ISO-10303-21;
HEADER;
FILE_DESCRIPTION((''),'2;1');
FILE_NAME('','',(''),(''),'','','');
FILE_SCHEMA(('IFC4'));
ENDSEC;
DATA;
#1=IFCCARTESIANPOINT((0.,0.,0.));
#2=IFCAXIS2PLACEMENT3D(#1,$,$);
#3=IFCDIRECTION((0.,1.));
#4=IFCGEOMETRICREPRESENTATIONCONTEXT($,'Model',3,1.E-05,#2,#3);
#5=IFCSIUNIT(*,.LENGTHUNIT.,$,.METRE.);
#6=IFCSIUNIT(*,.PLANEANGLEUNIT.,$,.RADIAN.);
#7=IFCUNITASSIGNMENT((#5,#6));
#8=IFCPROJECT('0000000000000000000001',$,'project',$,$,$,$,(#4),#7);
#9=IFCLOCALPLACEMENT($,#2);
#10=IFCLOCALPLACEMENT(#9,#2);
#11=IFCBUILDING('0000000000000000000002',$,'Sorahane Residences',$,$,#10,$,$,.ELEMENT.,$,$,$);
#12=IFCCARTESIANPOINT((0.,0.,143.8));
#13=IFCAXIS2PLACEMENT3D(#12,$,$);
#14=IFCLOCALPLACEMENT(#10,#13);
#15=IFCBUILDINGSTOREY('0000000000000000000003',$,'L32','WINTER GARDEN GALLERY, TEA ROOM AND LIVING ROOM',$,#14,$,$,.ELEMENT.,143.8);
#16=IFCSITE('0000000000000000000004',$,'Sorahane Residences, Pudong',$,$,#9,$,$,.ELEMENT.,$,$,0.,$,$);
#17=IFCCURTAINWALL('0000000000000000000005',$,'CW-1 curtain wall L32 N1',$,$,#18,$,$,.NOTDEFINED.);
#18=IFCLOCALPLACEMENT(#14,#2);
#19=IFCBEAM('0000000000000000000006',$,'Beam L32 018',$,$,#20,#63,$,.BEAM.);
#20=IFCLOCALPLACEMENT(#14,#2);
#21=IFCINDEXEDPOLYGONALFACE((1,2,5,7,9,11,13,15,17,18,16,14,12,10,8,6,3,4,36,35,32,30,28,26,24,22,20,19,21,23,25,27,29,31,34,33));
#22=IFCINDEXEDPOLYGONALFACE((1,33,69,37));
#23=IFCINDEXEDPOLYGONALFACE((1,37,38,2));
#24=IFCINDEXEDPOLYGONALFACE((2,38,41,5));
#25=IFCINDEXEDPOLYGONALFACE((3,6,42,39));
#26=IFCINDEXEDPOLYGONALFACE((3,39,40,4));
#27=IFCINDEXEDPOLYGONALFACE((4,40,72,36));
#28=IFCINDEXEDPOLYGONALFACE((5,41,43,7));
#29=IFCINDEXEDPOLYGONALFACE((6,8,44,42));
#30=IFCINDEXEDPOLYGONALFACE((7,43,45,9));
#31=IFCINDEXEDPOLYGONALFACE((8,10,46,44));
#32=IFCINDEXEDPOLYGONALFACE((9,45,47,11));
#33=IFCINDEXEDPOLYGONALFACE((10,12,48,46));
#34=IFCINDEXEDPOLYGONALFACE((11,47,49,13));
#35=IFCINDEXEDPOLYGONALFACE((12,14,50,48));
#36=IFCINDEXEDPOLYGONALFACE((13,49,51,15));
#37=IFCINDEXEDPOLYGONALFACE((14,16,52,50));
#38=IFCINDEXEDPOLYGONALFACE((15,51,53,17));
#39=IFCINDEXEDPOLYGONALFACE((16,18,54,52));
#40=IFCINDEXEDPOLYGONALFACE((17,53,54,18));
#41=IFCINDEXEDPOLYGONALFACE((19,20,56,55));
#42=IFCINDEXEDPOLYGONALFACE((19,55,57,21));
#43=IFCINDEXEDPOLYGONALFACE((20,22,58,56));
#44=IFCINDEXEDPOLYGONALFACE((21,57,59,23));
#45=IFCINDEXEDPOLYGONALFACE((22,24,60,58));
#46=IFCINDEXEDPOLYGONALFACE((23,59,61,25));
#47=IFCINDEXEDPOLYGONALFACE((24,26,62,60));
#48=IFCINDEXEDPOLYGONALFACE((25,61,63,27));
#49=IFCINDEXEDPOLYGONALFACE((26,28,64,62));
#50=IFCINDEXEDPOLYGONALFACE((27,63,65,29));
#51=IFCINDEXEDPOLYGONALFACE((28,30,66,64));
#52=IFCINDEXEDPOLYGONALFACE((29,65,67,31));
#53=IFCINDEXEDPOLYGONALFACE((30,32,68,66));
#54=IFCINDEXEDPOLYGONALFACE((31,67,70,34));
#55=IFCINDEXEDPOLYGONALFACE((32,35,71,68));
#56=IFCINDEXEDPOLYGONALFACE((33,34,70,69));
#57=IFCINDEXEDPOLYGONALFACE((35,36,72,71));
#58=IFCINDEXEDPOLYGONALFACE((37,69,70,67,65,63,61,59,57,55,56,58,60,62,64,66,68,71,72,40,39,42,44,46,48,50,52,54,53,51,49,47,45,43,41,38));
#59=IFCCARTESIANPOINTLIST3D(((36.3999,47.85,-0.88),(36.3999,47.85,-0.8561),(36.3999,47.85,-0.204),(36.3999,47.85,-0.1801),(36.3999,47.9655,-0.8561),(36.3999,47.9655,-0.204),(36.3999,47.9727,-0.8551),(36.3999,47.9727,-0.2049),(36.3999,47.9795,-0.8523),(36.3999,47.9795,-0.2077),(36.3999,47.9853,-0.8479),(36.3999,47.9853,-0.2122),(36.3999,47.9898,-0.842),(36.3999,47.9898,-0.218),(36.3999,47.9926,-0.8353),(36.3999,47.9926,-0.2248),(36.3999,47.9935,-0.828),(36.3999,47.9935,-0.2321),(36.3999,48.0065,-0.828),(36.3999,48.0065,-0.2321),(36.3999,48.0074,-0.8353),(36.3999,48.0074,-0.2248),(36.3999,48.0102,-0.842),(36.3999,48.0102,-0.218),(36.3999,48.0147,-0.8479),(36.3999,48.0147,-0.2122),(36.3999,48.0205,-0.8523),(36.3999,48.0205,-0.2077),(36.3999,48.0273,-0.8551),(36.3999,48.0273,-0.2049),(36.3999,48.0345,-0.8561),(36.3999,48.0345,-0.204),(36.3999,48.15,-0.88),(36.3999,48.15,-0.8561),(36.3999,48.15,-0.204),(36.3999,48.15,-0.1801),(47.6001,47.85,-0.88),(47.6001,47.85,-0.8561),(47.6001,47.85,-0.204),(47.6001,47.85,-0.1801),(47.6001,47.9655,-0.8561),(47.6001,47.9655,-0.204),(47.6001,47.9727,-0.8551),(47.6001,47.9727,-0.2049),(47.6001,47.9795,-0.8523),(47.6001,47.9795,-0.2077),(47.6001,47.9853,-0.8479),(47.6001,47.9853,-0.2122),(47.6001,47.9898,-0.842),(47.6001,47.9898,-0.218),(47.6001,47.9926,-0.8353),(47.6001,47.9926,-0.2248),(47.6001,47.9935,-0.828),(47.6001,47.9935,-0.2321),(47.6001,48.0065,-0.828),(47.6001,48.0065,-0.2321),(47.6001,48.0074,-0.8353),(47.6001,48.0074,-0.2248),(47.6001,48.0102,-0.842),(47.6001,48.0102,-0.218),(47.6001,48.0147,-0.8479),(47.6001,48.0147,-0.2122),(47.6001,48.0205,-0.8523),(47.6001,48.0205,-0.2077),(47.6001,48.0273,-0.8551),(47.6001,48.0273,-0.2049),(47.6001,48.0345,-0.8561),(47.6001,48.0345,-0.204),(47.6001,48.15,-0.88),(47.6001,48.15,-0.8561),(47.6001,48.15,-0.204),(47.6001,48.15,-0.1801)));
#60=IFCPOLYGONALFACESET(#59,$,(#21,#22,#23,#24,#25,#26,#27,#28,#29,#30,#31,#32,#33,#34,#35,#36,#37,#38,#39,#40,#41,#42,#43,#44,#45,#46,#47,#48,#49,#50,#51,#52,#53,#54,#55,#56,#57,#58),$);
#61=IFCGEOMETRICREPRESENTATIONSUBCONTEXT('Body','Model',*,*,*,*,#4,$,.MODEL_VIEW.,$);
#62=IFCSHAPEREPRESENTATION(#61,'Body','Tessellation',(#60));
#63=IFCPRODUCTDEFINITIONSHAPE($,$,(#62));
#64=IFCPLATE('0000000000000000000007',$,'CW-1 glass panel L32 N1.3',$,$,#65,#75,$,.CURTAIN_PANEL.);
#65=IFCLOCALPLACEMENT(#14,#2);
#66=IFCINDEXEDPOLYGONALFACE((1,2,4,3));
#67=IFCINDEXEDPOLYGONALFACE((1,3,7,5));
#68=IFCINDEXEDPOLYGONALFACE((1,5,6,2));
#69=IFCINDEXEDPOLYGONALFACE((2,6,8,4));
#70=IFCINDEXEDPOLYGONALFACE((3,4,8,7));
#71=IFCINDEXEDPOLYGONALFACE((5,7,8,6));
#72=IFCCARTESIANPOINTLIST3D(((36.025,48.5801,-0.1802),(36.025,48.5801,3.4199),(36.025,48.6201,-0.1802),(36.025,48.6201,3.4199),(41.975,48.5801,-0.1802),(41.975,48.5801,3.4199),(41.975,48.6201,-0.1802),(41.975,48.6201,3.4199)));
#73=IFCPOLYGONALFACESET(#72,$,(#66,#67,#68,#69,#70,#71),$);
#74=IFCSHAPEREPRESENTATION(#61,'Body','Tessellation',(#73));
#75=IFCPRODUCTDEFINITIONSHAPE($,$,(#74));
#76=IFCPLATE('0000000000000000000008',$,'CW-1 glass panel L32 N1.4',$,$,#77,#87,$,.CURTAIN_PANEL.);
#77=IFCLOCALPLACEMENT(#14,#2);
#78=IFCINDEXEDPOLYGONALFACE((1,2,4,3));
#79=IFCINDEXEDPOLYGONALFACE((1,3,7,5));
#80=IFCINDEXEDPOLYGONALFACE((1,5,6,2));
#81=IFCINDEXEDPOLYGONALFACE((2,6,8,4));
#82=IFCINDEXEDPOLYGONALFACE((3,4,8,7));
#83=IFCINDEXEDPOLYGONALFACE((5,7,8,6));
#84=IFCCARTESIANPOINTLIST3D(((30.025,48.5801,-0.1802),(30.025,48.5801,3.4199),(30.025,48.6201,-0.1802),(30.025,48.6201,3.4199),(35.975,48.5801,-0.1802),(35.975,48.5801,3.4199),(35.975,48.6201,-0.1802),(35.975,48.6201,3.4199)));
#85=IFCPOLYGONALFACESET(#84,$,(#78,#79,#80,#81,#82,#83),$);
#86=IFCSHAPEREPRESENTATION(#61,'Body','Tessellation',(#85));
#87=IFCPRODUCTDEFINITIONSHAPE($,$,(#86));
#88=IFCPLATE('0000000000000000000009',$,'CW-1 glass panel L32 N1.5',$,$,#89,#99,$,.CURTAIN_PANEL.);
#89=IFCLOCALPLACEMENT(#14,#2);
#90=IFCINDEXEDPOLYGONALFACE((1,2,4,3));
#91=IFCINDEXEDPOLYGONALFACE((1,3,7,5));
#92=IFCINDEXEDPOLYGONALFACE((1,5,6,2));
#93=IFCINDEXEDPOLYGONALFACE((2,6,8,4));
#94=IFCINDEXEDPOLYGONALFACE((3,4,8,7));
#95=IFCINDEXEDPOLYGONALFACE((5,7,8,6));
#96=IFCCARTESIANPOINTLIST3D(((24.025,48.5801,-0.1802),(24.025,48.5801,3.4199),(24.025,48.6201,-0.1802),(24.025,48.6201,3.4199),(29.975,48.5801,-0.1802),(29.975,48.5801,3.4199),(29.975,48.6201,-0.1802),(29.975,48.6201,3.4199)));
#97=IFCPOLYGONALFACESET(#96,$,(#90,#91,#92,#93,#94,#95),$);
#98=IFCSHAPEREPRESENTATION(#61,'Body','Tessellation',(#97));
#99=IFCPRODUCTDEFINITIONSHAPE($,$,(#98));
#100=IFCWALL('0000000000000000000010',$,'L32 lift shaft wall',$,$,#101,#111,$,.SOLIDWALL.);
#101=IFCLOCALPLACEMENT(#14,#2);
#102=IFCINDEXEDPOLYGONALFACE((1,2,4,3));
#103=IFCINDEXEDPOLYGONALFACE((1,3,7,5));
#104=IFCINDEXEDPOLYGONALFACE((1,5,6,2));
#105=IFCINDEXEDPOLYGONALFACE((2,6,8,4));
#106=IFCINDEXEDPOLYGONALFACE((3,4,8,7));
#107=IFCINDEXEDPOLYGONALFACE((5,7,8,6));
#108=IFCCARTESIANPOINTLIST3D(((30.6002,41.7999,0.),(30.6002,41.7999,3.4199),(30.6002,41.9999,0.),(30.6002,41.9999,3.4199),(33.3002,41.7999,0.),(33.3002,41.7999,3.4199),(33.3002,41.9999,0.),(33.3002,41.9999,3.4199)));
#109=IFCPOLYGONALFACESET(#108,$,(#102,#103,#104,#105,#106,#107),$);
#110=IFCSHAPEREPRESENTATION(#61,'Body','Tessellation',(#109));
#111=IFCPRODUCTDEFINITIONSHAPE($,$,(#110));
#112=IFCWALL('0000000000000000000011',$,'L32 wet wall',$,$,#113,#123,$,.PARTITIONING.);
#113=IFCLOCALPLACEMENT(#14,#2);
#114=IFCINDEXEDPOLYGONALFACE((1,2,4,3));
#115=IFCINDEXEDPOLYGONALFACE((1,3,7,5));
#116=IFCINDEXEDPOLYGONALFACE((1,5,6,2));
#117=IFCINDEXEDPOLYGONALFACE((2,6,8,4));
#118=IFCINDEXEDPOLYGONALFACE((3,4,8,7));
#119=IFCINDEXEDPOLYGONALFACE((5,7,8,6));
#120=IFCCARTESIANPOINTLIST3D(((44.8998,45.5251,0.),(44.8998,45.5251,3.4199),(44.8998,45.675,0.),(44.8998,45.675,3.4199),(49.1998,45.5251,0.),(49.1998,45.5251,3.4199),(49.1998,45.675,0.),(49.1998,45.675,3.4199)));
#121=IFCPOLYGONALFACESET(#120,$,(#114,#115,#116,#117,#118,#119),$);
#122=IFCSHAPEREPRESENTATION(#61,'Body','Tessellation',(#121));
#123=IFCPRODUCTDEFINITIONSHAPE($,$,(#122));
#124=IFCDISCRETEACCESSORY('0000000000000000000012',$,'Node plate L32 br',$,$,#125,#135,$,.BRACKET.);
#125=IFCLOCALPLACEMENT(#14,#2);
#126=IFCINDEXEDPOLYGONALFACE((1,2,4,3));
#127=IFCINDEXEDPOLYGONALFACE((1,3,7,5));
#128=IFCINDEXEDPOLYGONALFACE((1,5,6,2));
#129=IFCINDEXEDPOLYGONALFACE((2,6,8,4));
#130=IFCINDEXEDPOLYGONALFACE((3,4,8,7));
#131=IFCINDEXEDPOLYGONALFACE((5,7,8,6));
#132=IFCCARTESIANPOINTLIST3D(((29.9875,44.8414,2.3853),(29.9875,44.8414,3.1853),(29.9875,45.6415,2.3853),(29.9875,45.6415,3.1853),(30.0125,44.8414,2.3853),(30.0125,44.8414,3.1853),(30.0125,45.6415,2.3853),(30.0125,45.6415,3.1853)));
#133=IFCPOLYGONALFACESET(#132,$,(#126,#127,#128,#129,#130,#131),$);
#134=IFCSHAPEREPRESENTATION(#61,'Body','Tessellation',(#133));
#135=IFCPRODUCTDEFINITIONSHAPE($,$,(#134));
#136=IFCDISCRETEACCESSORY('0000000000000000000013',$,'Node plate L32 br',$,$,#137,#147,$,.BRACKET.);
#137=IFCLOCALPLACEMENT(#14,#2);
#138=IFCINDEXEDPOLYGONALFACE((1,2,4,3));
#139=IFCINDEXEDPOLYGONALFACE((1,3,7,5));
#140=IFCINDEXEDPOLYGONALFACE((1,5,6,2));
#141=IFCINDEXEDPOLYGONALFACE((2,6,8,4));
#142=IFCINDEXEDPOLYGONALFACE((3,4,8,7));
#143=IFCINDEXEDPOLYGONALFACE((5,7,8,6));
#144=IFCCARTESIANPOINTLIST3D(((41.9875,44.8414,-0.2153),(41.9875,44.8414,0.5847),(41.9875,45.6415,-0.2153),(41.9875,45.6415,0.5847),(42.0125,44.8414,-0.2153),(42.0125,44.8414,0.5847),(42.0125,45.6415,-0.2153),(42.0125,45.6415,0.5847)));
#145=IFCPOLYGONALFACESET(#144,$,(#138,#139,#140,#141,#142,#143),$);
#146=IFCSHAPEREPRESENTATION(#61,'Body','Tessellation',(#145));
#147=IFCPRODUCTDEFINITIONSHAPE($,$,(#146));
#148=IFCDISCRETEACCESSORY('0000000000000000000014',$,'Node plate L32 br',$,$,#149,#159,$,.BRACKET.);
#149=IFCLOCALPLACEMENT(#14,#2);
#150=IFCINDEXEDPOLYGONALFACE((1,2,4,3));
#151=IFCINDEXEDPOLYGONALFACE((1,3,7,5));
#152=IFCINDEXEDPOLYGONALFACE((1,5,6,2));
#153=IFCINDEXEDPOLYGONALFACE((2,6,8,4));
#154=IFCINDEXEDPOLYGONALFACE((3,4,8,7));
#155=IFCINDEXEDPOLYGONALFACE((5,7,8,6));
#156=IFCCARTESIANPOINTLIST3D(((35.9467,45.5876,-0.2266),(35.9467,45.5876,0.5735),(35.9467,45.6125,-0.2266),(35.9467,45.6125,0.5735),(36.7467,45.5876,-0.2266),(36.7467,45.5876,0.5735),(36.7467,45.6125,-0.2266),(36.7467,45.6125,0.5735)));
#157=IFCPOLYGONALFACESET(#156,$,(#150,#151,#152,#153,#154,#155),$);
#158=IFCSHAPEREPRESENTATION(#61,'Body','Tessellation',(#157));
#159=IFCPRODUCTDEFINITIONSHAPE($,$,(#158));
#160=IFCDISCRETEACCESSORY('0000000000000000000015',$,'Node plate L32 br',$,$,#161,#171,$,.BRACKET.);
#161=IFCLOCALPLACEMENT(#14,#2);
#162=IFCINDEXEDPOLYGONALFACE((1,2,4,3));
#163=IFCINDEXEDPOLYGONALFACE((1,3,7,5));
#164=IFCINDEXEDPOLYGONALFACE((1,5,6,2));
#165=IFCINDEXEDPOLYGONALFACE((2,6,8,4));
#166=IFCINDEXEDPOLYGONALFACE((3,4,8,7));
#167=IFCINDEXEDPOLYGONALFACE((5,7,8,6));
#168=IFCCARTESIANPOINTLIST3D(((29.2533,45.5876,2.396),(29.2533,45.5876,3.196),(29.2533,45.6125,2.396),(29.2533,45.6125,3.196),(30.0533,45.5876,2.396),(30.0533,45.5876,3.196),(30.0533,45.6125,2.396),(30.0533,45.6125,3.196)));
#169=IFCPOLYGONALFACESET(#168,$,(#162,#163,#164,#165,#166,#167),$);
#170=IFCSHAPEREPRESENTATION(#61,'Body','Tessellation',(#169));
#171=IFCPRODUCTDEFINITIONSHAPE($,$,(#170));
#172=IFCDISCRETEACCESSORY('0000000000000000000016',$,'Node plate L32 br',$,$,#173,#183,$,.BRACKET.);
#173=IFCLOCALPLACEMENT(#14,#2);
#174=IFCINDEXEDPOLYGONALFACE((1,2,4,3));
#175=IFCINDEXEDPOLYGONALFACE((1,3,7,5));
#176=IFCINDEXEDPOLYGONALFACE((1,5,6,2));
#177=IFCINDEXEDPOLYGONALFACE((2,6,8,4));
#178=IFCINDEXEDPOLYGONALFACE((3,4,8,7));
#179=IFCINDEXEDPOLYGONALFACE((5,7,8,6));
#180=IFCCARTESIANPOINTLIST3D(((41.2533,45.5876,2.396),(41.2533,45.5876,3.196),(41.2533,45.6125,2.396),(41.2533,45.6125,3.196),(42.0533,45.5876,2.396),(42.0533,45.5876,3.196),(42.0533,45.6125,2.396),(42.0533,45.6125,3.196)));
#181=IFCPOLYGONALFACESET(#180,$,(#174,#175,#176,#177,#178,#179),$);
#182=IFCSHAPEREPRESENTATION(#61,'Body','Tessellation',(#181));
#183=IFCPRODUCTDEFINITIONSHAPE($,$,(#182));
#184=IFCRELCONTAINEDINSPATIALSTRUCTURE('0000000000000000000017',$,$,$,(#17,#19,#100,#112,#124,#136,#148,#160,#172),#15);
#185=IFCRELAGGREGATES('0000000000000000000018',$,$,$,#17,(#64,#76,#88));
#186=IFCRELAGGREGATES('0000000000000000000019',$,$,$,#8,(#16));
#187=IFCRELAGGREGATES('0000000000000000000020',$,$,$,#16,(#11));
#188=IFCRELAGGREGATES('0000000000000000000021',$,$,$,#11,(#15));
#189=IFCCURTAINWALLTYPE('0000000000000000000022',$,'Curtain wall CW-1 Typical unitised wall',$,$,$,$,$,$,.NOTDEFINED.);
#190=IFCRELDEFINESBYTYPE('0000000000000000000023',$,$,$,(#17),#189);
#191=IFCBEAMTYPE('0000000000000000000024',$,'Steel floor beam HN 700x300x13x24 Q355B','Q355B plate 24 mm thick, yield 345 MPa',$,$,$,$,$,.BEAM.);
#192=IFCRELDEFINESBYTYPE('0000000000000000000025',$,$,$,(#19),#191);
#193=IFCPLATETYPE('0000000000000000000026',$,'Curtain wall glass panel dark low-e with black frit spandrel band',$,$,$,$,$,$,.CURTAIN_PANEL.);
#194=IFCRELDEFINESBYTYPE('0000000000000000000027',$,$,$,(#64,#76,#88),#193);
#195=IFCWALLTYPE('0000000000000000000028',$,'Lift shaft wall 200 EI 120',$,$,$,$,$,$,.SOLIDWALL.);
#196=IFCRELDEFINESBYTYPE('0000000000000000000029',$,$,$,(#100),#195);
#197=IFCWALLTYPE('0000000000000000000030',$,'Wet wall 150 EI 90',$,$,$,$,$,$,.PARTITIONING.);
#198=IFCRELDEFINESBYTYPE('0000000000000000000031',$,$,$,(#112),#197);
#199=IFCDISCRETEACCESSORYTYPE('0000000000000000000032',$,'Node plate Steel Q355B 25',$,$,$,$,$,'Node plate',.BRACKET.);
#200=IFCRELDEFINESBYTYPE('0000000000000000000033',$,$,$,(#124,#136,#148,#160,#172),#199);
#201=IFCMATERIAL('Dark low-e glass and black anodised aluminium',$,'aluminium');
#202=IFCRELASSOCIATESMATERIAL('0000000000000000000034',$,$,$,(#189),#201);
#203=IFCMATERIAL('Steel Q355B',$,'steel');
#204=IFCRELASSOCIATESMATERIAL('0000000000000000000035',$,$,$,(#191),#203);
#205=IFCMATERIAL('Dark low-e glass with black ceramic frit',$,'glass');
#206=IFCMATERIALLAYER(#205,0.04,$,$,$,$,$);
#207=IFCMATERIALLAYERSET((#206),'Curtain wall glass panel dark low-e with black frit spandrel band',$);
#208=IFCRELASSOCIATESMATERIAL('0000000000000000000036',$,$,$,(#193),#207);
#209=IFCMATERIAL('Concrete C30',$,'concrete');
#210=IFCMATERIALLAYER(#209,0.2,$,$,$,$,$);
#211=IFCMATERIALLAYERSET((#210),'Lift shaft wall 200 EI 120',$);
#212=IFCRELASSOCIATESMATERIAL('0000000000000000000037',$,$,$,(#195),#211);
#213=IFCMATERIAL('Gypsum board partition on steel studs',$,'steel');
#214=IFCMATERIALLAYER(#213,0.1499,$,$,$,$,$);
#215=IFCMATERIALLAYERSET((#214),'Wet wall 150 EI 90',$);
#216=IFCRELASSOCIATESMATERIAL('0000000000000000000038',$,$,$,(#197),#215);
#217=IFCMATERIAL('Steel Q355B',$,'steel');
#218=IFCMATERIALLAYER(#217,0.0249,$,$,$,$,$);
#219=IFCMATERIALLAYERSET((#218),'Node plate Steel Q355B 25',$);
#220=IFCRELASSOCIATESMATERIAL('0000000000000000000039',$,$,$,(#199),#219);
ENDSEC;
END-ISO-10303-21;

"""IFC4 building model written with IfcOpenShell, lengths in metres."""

from ifc_helpers import new_model, si_unit, direction, frame, frame_2d, origin, origin_2d, place, context, subcontext, project, spatial, rectangle, i_section, extrude, material, layer, layer_set, material_profile, profile_set, type_object, element, aggregate, save


model = new_model("IFC4")

# Units and contexts
model_context = context("Model", 3, precision=1e-05, world=origin(), true_north=direction((0.0, 1.0)))
body_context = subcontext(model_context, "Body", "Model", "MODEL_VIEW")
ifc_project = project(units=[si_unit("LENGTHUNIT", "METRE"), si_unit("PLANEANGLEUNIT", "RADIAN")], contexts=[model_context])

# Site, building, storey
site_placement = place(None, origin())
site = spatial("IfcSite", under=ifc_project, at=site_placement, Name="Sorahane Residences, Pudong", CompositionType="ELEMENT", RefElevation=0.0)
building_placement = place(site_placement, origin())
building = spatial("IfcBuilding", under=site, at=building_placement, Name="Sorahane Residences", CompositionType="ELEMENT")
storey_placement = place(building_placement, frame((0.0, 0.0, 143.8)))
storey = spatial("IfcBuildingStorey", under=building, at=storey_placement, Name="L32", Description="WINTER GARDEN GALLERY, TEA ROOM AND LIVING ROOM", CompositionType="ELEMENT", Elevation=143.8)

# Curtain wall
ifc_material_1 = material(Name="Dark low-e glass and black anodised aluminium", Category="aluminium")
curtain_wall_type = type_object("IfcCurtainWallType", Name="Curtain wall CW-1 Typical unitised wall", PredefinedType="NOTDEFINED", material=ifc_material_1)
curtain_wall_placement = place(storey_placement, origin())
curtain_wall = element("IfcCurtainWall", 1, at=curtain_wall_placement, inside=storey, type_object=curtain_wall_type, Name="CW-1 curtain wall L32 N1", PredefinedType="NOTDEFINED")

# Beam
ifc_material_2 = material(Name="Steel Q355B", Category="steel")
ifc_material_profile_1 = material_profile(ifc_material_2, i_section(OverallWidth=0.3, OverallDepth=0.7, WebThickness=0.0129, FlangeThickness=0.0239, FilletRadius=0.0281, at=origin_2d()), Name="HN 700x300x13x24")
ifc_profile_set_1 = profile_set([ifc_material_profile_1], Name="Steel Q355B")
beam_type_1 = type_object("IfcBeamType", Name="Steel floor beam HN 700x300x13x24 Q355B", Description="Q355B plate 24 mm thick, yield 345 MPa", PredefinedType="BEAM", material=ifc_profile_set_1)
for number, where, z_axis, x_axis, name in (
    (2, (36.3999, 48.0, -0.53), (1.0, 0.0, 0.0), (0.0, 1.0, 0.0), "Beam L32 018"),
):
    element("IfcBeam", number, at=place(storey_placement, frame(where, z_axis=z_axis, x_axis=x_axis)), inside=storey, type_object=beam_type_1, Name=name, PredefinedType="BEAM", context=body_context, shape_type="SweptSolid", body=[
        extrude(i_section(OverallWidth=0.3, OverallDepth=0.7, WebThickness=0.0129, FlangeThickness=0.0239, FilletRadius=0.0281, at=origin_2d()), origin(), (0.0, 0.0, 1.0), 11.2002),
    ])

# Plates
ifc_material_3 = material(Name="Dark low-e glass with black ceramic frit", Category="glass")
ifc_layer_1 = layer(ifc_material_3, 0.04)
ifc_layer_set_1 = layer_set([ifc_layer_1], Name="Curtain wall glass panel dark low-e with black frit spandrel band")
plate_type = type_object("IfcPlateType", Name="Curtain wall glass panel dark low-e with black frit spandrel band", PredefinedType="CURTAIN_PANEL", material=ifc_layer_set_1)
plate_1_placement = place(storey_placement, frame((39.0, 48.6001, -0.1802), z_axis=(0.0, 0.0, 1.0), x_axis=(-1.0, 0.0, 0.0)))
plate_1 = element("IfcPlate", 3, at=plate_1_placement, type_object=plate_type, Name="CW-1 glass panel L32 N1.3", PredefinedType="CURTAIN_PANEL", context=body_context, shape_type="SweptSolid", body=[
    extrude(rectangle(XDim=5.95, YDim=0.04, at=origin_2d()), origin(), (0.0, 0.0, 1.0), 3.6001),
])
plate_2_placement = place(storey_placement, frame((33.0, 48.6001, -0.1802), z_axis=(0.0, 0.0, 1.0), x_axis=(-1.0, 0.0, 0.0)))
plate_2 = element("IfcPlate", 4, at=plate_2_placement, type_object=plate_type, Name="CW-1 glass panel L32 N1.4", PredefinedType="CURTAIN_PANEL", context=body_context, shape_type="SweptSolid", body=[
    extrude(rectangle(XDim=5.95, YDim=0.04, at=origin_2d()), origin(), (0.0, 0.0, 1.0), 3.6001),
])
plate_3_placement = place(storey_placement, frame((27.0, 48.6001, -0.1802), z_axis=(0.0, 0.0, 1.0), x_axis=(-1.0, 0.0, 0.0)))
plate_3 = element("IfcPlate", 5, at=plate_3_placement, type_object=plate_type, Name="CW-1 glass panel L32 N1.5", PredefinedType="CURTAIN_PANEL", context=body_context, shape_type="SweptSolid", body=[
    extrude(rectangle(XDim=5.95, YDim=0.04, at=origin_2d()), origin(), (0.0, 0.0, 1.0), 3.6001),
])
aggregate(curtain_wall, [plate_1, plate_2, plate_3])

# Walls
ifc_material_4 = material(Name="Concrete C30", Category="concrete")
ifc_layer_2 = layer(ifc_material_4, 0.2)
ifc_layer_set_2 = layer_set([ifc_layer_2], Name="Lift shaft wall 200 EI 120")
wall_type_1 = type_object("IfcWallType", Name="Lift shaft wall 200 EI 120", PredefinedType="SOLIDWALL", material=ifc_layer_set_2)
wall_1_placement = place(storey_placement, frame((30.6001, 41.8999, 0.0), z_axis=(0.0, 0.0, 1.0), x_axis=(1.0, 0.0, 0.0)))
element("IfcWall", 6, at=wall_1_placement, inside=storey, type_object=wall_type_1, Name="L32 lift shaft wall", PredefinedType="SOLIDWALL", context=body_context, shape_type="SweptSolid", body=[
    extrude(rectangle(XDim=2.7, YDim=0.2, at=frame_2d((1.3501, 0.0))), origin(), (0.0, 0.0, 1.0), 3.4199),
])
ifc_material_5 = material(Name="Gypsum board partition on steel studs", Category="steel")
ifc_layer_3 = layer(ifc_material_5, 0.1499)
ifc_layer_set_3 = layer_set([ifc_layer_3], Name="Wet wall 150 EI 90")
wall_type_2 = type_object("IfcWallType", Name="Wet wall 150 EI 90", PredefinedType="PARTITIONING", material=ifc_layer_set_3)
wall_2_placement = place(storey_placement, frame((44.8999, 45.6001, 0.0), z_axis=(0.0, 0.0, 1.0), x_axis=(1.0, 0.0, 0.0)))
element("IfcWall", 7, at=wall_2_placement, inside=storey, type_object=wall_type_2, Name="L32 wet wall", PredefinedType="PARTITIONING", context=body_context, shape_type="SweptSolid", body=[
    extrude(rectangle(XDim=4.3, YDim=0.1499, at=frame_2d((2.1499, 0.0))), origin(), (0.0, 0.0, 1.0), 3.4199),
])

# Discrete accessories
ifc_material_6 = material(Name="Steel Q355B", Category="steel")
ifc_layer_4 = layer(ifc_material_6, 0.0249)
ifc_layer_set_4 = layer_set([ifc_layer_4], Name="Node plate Steel Q355B 25")
discrete_accessory_type = type_object("IfcDiscreteAccessoryType", Name="Node plate Steel Q355B 25", ElementType="Node plate", PredefinedType="BRACKET", material=ifc_layer_set_4)
for number, where, z_axis, x_axis, name in (
    (8, (30.0, 45.2415, 2.3853), (0.0, 0.0, 1.0), (0.0, 1.0, 0.0), "Node plate L32 br"),
    (9, (42.0, 45.2415, -0.2153), (0.0, 0.0, 1.0), (0.0, 1.0, 0.0), "Node plate L32 br"),
    (10, (36.3467, 45.6001, -0.2266), (0.0, 0.0, 1.0), (1.0, 0.0, 0.0), "Node plate L32 br"),
    (11, (29.6533, 45.6001, 2.396), (0.0, 0.0, 1.0), (1.0, 0.0, 0.0), "Node plate L32 br"),
    (12, (41.6533, 45.6001, 2.396), (0.0, 0.0, 1.0), (1.0, 0.0, 0.0), "Node plate L32 br"),
):
    element("IfcDiscreteAccessory", number, at=place(storey_placement, frame(where, z_axis=z_axis, x_axis=x_axis)), inside=storey, type_object=discrete_accessory_type, Name=name, PredefinedType="BRACKET", context=body_context, shape_type="SweptSolid", body=[
        extrude(rectangle(XDim=0.8, YDim=0.0249, at=origin_2d()), origin(), (0.0, 0.0, 1.0), 0.8),
    ])

save(model, "model.ifc")
